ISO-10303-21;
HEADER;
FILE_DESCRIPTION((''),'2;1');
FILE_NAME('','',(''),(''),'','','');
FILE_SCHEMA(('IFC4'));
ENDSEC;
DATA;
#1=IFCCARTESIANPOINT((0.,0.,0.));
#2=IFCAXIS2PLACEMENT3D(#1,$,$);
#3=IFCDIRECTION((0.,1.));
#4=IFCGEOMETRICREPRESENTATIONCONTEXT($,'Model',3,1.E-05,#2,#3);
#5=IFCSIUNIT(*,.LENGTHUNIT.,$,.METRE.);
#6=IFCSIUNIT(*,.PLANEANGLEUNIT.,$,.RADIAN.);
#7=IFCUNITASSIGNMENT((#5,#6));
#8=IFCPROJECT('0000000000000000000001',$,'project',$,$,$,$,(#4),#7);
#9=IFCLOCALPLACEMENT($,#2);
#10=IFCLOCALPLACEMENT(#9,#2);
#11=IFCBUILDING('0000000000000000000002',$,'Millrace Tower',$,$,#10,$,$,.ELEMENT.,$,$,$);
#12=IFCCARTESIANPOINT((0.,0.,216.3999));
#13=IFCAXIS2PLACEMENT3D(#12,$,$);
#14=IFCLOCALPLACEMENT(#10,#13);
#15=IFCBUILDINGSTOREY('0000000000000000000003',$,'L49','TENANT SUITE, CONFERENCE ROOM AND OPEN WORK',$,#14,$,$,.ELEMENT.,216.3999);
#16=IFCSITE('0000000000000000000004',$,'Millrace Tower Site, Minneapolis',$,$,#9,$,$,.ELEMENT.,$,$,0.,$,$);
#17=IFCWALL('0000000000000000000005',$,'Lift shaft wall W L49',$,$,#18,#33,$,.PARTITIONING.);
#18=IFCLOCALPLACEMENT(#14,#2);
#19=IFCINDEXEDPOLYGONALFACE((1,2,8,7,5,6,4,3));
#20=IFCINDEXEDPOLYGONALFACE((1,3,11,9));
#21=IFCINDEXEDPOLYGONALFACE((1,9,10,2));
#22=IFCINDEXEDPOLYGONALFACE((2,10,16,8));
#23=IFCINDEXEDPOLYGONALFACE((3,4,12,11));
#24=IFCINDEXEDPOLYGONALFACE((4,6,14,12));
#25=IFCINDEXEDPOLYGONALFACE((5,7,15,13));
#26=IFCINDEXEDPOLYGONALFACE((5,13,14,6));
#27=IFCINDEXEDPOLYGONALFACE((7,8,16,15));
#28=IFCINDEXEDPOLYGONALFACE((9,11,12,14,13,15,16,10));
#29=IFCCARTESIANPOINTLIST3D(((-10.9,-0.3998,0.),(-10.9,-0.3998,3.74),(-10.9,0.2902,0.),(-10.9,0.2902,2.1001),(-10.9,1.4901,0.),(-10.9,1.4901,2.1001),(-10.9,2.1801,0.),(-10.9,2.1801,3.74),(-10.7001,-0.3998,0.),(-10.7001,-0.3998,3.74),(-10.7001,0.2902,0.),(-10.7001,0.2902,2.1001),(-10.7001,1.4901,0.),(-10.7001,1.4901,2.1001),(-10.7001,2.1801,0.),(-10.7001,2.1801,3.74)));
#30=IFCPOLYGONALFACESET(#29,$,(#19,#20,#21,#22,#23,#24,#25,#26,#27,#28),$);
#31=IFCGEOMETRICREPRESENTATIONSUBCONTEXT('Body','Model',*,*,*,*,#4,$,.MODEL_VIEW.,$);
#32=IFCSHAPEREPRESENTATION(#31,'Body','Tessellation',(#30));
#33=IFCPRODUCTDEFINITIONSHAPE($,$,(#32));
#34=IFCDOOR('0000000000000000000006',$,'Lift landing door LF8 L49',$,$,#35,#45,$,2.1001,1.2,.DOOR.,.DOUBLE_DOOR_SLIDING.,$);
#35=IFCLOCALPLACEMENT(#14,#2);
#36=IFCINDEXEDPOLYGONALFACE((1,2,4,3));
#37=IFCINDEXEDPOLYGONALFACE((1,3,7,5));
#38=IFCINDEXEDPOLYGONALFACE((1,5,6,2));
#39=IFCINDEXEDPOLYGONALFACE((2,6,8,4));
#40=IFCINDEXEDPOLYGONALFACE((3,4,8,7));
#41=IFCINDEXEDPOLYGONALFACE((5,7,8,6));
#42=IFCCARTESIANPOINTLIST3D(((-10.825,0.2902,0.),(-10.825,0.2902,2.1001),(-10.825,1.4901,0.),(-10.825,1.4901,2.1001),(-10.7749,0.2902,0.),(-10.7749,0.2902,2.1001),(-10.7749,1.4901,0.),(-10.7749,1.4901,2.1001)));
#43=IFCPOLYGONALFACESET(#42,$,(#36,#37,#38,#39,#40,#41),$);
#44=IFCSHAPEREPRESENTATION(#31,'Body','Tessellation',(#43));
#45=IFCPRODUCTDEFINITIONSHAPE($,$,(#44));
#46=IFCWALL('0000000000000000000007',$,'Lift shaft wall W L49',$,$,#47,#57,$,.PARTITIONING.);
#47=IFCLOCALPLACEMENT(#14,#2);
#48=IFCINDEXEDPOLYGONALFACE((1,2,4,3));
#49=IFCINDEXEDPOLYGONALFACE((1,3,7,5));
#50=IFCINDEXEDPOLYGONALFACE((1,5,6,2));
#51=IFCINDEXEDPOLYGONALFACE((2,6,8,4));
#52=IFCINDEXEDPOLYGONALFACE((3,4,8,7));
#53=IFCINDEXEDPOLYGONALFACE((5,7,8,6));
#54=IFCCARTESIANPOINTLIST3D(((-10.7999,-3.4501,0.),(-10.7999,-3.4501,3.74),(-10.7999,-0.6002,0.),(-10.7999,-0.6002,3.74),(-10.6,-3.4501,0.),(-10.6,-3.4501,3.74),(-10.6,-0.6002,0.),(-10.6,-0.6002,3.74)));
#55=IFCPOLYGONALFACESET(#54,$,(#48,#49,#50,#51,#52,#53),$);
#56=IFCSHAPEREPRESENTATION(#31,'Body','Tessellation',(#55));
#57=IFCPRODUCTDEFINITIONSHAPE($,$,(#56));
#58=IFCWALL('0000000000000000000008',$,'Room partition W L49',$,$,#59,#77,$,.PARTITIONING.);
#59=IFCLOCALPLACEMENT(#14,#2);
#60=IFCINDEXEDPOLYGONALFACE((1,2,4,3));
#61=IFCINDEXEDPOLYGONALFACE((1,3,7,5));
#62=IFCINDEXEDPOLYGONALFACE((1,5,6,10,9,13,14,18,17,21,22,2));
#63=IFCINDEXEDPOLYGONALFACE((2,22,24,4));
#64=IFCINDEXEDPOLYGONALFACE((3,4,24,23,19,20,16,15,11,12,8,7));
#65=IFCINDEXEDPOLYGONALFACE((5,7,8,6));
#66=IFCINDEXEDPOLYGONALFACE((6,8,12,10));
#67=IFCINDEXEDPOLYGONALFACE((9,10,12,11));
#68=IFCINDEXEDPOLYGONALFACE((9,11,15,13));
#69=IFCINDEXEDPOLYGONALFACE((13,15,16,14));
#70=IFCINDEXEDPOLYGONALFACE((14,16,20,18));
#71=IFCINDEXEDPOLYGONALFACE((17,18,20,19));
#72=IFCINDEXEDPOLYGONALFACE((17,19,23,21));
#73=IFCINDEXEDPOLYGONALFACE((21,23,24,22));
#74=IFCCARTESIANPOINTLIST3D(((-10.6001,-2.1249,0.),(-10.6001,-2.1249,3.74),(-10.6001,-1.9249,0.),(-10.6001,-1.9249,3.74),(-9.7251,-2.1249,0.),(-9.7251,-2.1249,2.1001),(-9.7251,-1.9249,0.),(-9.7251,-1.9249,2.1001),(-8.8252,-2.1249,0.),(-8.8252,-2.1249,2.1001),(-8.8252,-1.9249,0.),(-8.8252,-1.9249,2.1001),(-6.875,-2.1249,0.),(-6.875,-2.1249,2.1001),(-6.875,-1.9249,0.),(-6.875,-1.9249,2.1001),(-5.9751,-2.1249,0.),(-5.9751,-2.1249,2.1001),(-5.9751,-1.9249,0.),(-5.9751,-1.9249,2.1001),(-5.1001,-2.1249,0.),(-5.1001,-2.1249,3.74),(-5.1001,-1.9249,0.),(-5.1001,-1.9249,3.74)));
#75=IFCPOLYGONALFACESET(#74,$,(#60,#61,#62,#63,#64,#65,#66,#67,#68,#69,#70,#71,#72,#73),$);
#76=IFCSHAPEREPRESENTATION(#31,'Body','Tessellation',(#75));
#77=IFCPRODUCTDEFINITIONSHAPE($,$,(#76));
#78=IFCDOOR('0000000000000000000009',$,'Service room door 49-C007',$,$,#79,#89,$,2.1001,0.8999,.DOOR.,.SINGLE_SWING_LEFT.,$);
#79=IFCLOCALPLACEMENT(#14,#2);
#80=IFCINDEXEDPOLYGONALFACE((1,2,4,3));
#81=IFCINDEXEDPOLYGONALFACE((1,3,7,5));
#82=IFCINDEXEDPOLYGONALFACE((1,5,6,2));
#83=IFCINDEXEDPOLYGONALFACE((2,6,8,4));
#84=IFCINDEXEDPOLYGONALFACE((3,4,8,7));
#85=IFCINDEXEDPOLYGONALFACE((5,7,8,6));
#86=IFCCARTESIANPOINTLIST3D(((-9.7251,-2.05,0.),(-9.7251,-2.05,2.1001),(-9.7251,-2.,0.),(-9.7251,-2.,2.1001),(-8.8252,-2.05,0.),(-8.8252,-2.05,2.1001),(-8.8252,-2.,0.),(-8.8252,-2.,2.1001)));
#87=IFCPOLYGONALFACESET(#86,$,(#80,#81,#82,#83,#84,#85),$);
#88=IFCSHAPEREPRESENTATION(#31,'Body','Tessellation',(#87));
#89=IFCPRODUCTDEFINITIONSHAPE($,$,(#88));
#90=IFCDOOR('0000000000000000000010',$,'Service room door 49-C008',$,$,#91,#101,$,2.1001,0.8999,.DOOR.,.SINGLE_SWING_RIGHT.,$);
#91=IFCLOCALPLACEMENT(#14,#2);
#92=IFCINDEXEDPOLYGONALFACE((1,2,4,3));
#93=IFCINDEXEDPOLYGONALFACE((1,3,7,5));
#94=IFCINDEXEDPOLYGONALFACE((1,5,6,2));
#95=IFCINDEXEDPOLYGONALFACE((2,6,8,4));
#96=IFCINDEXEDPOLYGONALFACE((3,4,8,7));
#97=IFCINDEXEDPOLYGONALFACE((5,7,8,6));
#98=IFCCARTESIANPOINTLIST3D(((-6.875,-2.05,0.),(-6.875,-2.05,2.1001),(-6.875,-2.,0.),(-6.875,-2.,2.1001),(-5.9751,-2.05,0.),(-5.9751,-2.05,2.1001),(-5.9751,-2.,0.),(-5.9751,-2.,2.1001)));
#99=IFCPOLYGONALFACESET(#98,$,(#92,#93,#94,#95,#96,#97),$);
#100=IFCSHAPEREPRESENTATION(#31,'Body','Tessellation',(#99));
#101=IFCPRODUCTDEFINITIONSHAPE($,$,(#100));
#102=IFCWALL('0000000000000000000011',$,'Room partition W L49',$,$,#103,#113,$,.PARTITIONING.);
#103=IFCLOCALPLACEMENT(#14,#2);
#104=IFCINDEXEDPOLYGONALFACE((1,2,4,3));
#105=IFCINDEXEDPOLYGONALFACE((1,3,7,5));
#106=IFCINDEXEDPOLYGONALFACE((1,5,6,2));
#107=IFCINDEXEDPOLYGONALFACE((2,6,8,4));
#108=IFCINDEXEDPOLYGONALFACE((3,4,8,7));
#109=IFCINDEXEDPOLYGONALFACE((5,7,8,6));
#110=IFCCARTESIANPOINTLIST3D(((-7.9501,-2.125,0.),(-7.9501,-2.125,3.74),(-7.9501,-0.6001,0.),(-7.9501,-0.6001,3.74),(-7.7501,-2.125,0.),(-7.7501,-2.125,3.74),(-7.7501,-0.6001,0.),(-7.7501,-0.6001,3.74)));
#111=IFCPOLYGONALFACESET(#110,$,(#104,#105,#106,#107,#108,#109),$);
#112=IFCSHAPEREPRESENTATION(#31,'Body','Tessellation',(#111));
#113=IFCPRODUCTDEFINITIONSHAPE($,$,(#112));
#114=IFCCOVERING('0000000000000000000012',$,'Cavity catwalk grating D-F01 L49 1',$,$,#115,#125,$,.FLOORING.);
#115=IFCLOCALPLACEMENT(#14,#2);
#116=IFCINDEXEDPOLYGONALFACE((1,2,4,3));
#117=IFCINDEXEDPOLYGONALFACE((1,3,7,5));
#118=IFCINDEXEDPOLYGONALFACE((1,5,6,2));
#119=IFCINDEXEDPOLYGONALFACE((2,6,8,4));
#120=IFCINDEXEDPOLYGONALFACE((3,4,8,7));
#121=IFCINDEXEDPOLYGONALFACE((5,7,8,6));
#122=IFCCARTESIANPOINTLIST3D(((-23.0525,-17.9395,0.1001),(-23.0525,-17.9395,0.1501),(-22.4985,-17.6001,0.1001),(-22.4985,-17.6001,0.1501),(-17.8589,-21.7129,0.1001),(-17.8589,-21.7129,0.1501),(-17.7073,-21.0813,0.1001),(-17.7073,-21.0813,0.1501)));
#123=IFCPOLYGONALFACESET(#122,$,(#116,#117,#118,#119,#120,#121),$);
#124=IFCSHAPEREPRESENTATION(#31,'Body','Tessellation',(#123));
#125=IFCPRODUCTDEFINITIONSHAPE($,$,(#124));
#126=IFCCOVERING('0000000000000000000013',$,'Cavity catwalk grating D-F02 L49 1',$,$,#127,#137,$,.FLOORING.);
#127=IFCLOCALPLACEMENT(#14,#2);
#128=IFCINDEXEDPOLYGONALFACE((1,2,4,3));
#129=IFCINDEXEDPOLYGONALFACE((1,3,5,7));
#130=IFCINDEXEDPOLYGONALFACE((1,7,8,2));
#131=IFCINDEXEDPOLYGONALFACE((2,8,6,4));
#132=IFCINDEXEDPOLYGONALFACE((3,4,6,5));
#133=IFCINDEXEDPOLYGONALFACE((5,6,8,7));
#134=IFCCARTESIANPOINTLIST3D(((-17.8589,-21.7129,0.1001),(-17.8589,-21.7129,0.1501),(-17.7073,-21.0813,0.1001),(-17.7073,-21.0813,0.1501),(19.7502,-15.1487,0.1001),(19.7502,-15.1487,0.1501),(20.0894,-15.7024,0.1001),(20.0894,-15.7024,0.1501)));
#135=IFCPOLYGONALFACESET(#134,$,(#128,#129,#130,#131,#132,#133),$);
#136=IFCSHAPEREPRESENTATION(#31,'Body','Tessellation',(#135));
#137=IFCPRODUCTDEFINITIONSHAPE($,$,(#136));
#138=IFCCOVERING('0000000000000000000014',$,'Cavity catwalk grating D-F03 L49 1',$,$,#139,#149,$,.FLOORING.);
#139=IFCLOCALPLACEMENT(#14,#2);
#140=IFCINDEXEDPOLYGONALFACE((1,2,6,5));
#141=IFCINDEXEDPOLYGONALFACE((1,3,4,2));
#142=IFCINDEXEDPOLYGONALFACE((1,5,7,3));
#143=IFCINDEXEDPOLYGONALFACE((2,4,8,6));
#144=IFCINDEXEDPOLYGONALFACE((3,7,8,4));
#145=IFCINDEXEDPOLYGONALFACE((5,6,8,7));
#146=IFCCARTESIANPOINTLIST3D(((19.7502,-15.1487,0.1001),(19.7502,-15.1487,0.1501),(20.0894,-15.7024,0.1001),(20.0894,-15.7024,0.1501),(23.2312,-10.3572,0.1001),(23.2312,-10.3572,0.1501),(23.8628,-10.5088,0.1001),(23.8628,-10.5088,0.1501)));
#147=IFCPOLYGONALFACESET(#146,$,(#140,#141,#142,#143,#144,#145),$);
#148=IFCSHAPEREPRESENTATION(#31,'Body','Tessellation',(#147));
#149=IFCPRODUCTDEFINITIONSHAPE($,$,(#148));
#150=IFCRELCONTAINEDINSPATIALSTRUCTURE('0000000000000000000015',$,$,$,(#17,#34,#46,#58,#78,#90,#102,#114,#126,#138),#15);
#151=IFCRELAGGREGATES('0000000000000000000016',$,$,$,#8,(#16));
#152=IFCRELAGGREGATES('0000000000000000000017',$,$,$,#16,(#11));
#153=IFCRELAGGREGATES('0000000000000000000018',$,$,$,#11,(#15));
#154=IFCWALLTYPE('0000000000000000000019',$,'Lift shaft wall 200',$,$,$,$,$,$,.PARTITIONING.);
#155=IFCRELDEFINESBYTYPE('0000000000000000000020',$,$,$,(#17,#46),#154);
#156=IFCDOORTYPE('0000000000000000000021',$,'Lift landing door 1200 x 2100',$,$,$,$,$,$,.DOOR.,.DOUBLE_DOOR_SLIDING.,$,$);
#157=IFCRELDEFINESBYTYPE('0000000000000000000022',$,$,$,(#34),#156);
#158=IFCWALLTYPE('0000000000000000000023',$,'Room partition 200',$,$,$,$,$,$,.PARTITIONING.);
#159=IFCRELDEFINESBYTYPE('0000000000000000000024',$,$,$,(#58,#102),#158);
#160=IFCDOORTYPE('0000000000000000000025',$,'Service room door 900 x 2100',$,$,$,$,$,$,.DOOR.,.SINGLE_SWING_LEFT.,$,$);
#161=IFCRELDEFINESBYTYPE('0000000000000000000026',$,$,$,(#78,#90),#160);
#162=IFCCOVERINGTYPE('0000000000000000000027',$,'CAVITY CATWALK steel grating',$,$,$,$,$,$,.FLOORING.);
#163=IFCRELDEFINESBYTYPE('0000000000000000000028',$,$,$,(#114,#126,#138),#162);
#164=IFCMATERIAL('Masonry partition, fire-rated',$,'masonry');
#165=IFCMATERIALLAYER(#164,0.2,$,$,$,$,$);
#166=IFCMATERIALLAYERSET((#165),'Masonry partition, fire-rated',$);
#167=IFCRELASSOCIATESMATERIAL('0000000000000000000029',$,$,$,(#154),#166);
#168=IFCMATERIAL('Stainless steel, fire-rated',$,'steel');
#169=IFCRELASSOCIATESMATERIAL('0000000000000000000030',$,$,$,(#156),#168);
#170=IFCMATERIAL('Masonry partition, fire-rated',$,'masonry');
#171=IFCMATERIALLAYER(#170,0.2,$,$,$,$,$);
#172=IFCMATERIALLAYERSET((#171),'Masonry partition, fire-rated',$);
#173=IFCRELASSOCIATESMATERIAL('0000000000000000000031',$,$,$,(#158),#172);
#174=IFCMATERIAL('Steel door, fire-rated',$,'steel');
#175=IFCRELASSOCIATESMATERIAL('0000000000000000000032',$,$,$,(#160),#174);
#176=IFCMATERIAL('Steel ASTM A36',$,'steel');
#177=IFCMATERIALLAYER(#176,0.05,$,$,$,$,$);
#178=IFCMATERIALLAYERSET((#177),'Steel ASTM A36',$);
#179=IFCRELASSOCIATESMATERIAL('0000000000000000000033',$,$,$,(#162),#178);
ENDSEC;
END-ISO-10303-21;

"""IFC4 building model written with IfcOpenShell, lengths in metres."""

from ifc_helpers import new_model, si_unit, direction, frame, frame_2d, origin, place, context, subcontext, project, spatial, polyline, rectangle, outline, extrude, material, layer, layer_set, type_object, element, fill, save


model = new_model("IFC4")

# Units and contexts
model_context = context("Model", 3, precision=1e-05, world=origin(), true_north=direction((0.0, 1.0)))
body_context = subcontext(model_context, "Body", "Model", "MODEL_VIEW")
ifc_project = project(units=[si_unit("LENGTHUNIT", "METRE"), si_unit("PLANEANGLEUNIT", "RADIAN")], contexts=[model_context])

# Site, building, storey
site_placement = place(None, origin())
site = spatial("IfcSite", under=ifc_project, at=site_placement, Name="Millrace Tower Site, Minneapolis", CompositionType="ELEMENT", RefElevation=0.0)
building_placement = place(site_placement, origin())
building = spatial("IfcBuilding", under=site, at=building_placement, Name="Millrace Tower", CompositionType="ELEMENT")
storey_placement = place(building_placement, frame((0.0, 0.0, 216.3999)))
storey = spatial("IfcBuildingStorey", under=building, at=storey_placement, Name="L49", Description="TENANT SUITE, CONFERENCE ROOM AND OPEN WORK", CompositionType="ELEMENT", Elevation=216.3999)

# Wall, opening, door
ifc_material_1 = material(Name="Masonry partition, fire-rated", Category="masonry")
ifc_layer_1 = layer(ifc_material_1, 0.2)
ifc_layer_set_1 = layer_set([ifc_layer_1], Name="Masonry partition, fire-rated")
wall_type_1 = type_object("IfcWallType", Name="Lift shaft wall 200", PredefinedType="PARTITIONING", material=ifc_layer_set_1)
wall_1_placement = place(storey_placement, frame((-10.8, -0.3999, 0.0), z_axis=(0.0, 0.0, 1.0), x_axis=(0.0, 1.0, 0.0)))
wall_1 = element("IfcWall", 1, at=wall_1_placement, inside=storey, type_object=wall_type_1, Name="Lift shaft wall W L49", PredefinedType="PARTITIONING", context=body_context, shape_type="SweptSolid", body=[
    extrude(rectangle(XDim=2.5798, YDim=0.2, at=frame_2d((1.29, 0.0))), origin(), (0.0, 0.0, 1.0), 3.74),
])
opening_1_placement = place(wall_1_placement, frame((0.6899, 0.0, 0.0)))
opening_1 = element("IfcOpeningElement", 2, at=opening_1_placement, cuts=wall_1, PredefinedType="OPENING", context=body_context, shape_type="SweptSolid", body=[
    extrude(rectangle(XDim=1.2, YDim=2.1001, at=frame_2d((0.6001, 1.05))), frame((0.0, 0.1099, 0.0), z_axis=(0.0, -1.0, 0.0), x_axis=(1.0, 0.0, 0.0)), (0.0, 0.0, 1.0), 0.22),
])
ifc_material_2 = material(Name="Stainless steel, fire-rated", Category="steel")
door_type_1 = type_object("IfcDoorType", Name="Lift landing door 1200 x 2100", OperationType="DOUBLE_DOOR_SLIDING", PredefinedType="DOOR", material=ifc_material_2)
door_1_placement = place(opening_1_placement, origin())
door_1 = element("IfcDoor", 3, at=door_1_placement, inside=storey, type_object=door_type_1, Name="Lift landing door LF8 L49", OperationType="DOUBLE_DOOR_SLIDING", OverallHeight=2.1001, OverallWidth=1.2, PredefinedType="DOOR", context=body_context, shape_type="SweptSolid", body=[
    extrude(rectangle(XDim=1.2, YDim=2.1001, at=frame_2d((0.6001, 1.05))), frame((0.0, 0.0249, 0.0), z_axis=(0.0, -1.0, 0.0), x_axis=(1.0, 0.0, 0.0)), (0.0, 0.0, 1.0), 0.05),
])
fill(opening_1, door_1)

# Wall
wall_2_placement = place(storey_placement, frame((-10.7, -3.45, 0.0), z_axis=(0.0, 0.0, 1.0), x_axis=(0.0, 1.0, 0.0)))
element("IfcWall", 4, at=wall_2_placement, inside=storey, type_object=wall_type_1, Name="Lift shaft wall W L49", PredefinedType="PARTITIONING", context=body_context, shape_type="SweptSolid", body=[
    extrude(rectangle(XDim=2.8499, YDim=0.2, at=frame_2d((1.4248, 0.0))), origin(), (0.0, 0.0, 1.0), 3.74),
])

# Wall, openings, doors
ifc_material_3 = material(Name="Masonry partition, fire-rated", Category="masonry")
ifc_layer_2 = layer(ifc_material_3, 0.2)
ifc_layer_set_2 = layer_set([ifc_layer_2], Name="Masonry partition, fire-rated")
wall_type_2 = type_object("IfcWallType", Name="Room partition 200", PredefinedType="PARTITIONING", material=ifc_layer_set_2)
wall_3_placement = place(storey_placement, frame((-10.6001, -2.0249, 0.0), z_axis=(0.0, 0.0, 1.0), x_axis=(1.0, 0.0, 0.0)))
wall_3 = element("IfcWall", 5, at=wall_3_placement, inside=storey, type_object=wall_type_2, Name="Room partition W L49", PredefinedType="PARTITIONING", context=body_context, shape_type="SweptSolid", body=[
    extrude(rectangle(XDim=5.5, YDim=0.2, at=frame_2d((2.75, 0.0))), origin(), (0.0, 0.0, 1.0), 3.74),
])
opening_2_placement = place(wall_3_placement, frame((0.875, 0.0, 0.0)))
opening_2 = element("IfcOpeningElement", 6, at=opening_2_placement, cuts=wall_3, PredefinedType="OPENING", context=body_context, shape_type="SweptSolid", body=[
    extrude(rectangle(XDim=0.8999, YDim=2.1001, at=frame_2d((0.45, 1.05))), frame((0.0, 0.1099, 0.0), z_axis=(0.0, -1.0, 0.0), x_axis=(1.0, 0.0, 0.0)), (0.0, 0.0, 1.0), 0.22),
])
opening_3_placement = place(wall_3_placement, frame((3.7251, 0.0, 0.0)))
opening_3 = element("IfcOpeningElement", 7, at=opening_3_placement, cuts=wall_3, PredefinedType="OPENING", context=body_context, shape_type="SweptSolid", body=[
    extrude(rectangle(XDim=0.8999, YDim=2.1001, at=frame_2d((0.45, 1.05))), frame((0.0, 0.1099, 0.0), z_axis=(0.0, -1.0, 0.0), x_axis=(1.0, 0.0, 0.0)), (0.0, 0.0, 1.0), 0.22),
])
ifc_material_4 = material(Name="Steel door, fire-rated", Category="steel")
door_type_2 = type_object("IfcDoorType", Name="Service room door 900 x 2100", OperationType="SINGLE_SWING_LEFT", PredefinedType="DOOR", material=ifc_material_4)
door_2_placement = place(opening_2_placement, origin())
door_2 = element("IfcDoor", 8, at=door_2_placement, inside=storey, type_object=door_type_2, Name="Service room door 49-C007", OperationType="SINGLE_SWING_LEFT", OverallHeight=2.1001, OverallWidth=0.8999, PredefinedType="DOOR", context=body_context, shape_type="SweptSolid", body=[
    extrude(rectangle(XDim=0.8999, YDim=2.1001, at=frame_2d((0.45, 1.05))), frame((0.0, 0.0249, 0.0), z_axis=(0.0, -1.0, 0.0), x_axis=(1.0, 0.0, 0.0)), (0.0, 0.0, 1.0), 0.05),
])
fill(opening_2, door_2)
door_3_placement = place(opening_3_placement, origin())
door_3 = element("IfcDoor", 9, at=door_3_placement, inside=storey, type_object=door_type_2, Name="Service room door 49-C008", OperationType="SINGLE_SWING_RIGHT", OverallHeight=2.1001, OverallWidth=0.8999, PredefinedType="DOOR", context=body_context, shape_type="SweptSolid", body=[
    extrude(rectangle(XDim=0.8999, YDim=2.1001, at=frame_2d((0.45, 1.05))), frame((0.0, 0.0249, 0.0), z_axis=(0.0, -1.0, 0.0), x_axis=(1.0, 0.0, 0.0)), (0.0, 0.0, 1.0), 0.05),
])
fill(opening_3, door_3)

# Wall
wall_4_placement = place(storey_placement, frame((-7.8501, -2.125, 0.0), z_axis=(0.0, 0.0, 1.0), x_axis=(0.0, 1.0, 0.0)))
element("IfcWall", 10, at=wall_4_placement, inside=storey, type_object=wall_type_2, Name="Room partition W L49", PredefinedType="PARTITIONING", context=body_context, shape_type="SweptSolid", body=[
    extrude(rectangle(XDim=1.5249, YDim=0.2, at=frame_2d((0.7625, 0.0))), origin(), (0.0, 0.0, 1.0), 3.74),
])

# Coverings
ifc_material_5 = material(Name="Steel ASTM A36", Category="steel")
ifc_layer_3 = layer(ifc_material_5, 0.05)
ifc_layer_set_3 = layer_set([ifc_layer_3], Name="Steel ASTM A36")
covering_type = type_object("IfcCoveringType", Name="CAVITY CATWALK steel grating", PredefinedType="FLOORING", material=ifc_layer_set_3)
placement_1 = place(storey_placement, frame((0.0, 0.0, 0.1001)))
element("IfcCovering", 11, at=placement_1, inside=storey, type_object=covering_type, Name="Cavity catwalk grating D-F01 L49 1", PredefinedType="FLOORING", context=body_context, shape_type="SweptSolid", body=[
    extrude(outline(polyline([(-23.0525, -17.9395), (-17.8589, -21.7129), (-17.7073, -21.0813), (-22.4985, -17.6001), (-23.0525, -17.9395)])), origin(), (0.0, 0.0, 1.0), 0.05),
])
element("IfcCovering", 12, at=placement_1, inside=storey, type_object=covering_type, Name="Cavity catwalk grating D-F02 L49 1", PredefinedType="FLOORING", context=body_context, shape_type="SweptSolid", body=[
    extrude(outline(polyline([(-17.8589, -21.7129), (20.0894, -15.7024), (19.7502, -15.1487), (-17.7073, -21.0813), (-17.8589, -21.7129)])), origin(), (0.0, 0.0, 1.0), 0.05),
])
element("IfcCovering", 13, at=placement_1, inside=storey, type_object=covering_type, Name="Cavity catwalk grating D-F03 L49 1", PredefinedType="FLOORING", context=body_context, shape_type="SweptSolid", body=[
    extrude(outline(polyline([(20.0894, -15.7024), (23.8628, -10.5088), (23.2312, -10.3572), (19.7502, -15.1487), (20.0894, -15.7024)])), origin(), (0.0, 0.0, 1.0), 0.05),
])

save(model, "model.ifc")
